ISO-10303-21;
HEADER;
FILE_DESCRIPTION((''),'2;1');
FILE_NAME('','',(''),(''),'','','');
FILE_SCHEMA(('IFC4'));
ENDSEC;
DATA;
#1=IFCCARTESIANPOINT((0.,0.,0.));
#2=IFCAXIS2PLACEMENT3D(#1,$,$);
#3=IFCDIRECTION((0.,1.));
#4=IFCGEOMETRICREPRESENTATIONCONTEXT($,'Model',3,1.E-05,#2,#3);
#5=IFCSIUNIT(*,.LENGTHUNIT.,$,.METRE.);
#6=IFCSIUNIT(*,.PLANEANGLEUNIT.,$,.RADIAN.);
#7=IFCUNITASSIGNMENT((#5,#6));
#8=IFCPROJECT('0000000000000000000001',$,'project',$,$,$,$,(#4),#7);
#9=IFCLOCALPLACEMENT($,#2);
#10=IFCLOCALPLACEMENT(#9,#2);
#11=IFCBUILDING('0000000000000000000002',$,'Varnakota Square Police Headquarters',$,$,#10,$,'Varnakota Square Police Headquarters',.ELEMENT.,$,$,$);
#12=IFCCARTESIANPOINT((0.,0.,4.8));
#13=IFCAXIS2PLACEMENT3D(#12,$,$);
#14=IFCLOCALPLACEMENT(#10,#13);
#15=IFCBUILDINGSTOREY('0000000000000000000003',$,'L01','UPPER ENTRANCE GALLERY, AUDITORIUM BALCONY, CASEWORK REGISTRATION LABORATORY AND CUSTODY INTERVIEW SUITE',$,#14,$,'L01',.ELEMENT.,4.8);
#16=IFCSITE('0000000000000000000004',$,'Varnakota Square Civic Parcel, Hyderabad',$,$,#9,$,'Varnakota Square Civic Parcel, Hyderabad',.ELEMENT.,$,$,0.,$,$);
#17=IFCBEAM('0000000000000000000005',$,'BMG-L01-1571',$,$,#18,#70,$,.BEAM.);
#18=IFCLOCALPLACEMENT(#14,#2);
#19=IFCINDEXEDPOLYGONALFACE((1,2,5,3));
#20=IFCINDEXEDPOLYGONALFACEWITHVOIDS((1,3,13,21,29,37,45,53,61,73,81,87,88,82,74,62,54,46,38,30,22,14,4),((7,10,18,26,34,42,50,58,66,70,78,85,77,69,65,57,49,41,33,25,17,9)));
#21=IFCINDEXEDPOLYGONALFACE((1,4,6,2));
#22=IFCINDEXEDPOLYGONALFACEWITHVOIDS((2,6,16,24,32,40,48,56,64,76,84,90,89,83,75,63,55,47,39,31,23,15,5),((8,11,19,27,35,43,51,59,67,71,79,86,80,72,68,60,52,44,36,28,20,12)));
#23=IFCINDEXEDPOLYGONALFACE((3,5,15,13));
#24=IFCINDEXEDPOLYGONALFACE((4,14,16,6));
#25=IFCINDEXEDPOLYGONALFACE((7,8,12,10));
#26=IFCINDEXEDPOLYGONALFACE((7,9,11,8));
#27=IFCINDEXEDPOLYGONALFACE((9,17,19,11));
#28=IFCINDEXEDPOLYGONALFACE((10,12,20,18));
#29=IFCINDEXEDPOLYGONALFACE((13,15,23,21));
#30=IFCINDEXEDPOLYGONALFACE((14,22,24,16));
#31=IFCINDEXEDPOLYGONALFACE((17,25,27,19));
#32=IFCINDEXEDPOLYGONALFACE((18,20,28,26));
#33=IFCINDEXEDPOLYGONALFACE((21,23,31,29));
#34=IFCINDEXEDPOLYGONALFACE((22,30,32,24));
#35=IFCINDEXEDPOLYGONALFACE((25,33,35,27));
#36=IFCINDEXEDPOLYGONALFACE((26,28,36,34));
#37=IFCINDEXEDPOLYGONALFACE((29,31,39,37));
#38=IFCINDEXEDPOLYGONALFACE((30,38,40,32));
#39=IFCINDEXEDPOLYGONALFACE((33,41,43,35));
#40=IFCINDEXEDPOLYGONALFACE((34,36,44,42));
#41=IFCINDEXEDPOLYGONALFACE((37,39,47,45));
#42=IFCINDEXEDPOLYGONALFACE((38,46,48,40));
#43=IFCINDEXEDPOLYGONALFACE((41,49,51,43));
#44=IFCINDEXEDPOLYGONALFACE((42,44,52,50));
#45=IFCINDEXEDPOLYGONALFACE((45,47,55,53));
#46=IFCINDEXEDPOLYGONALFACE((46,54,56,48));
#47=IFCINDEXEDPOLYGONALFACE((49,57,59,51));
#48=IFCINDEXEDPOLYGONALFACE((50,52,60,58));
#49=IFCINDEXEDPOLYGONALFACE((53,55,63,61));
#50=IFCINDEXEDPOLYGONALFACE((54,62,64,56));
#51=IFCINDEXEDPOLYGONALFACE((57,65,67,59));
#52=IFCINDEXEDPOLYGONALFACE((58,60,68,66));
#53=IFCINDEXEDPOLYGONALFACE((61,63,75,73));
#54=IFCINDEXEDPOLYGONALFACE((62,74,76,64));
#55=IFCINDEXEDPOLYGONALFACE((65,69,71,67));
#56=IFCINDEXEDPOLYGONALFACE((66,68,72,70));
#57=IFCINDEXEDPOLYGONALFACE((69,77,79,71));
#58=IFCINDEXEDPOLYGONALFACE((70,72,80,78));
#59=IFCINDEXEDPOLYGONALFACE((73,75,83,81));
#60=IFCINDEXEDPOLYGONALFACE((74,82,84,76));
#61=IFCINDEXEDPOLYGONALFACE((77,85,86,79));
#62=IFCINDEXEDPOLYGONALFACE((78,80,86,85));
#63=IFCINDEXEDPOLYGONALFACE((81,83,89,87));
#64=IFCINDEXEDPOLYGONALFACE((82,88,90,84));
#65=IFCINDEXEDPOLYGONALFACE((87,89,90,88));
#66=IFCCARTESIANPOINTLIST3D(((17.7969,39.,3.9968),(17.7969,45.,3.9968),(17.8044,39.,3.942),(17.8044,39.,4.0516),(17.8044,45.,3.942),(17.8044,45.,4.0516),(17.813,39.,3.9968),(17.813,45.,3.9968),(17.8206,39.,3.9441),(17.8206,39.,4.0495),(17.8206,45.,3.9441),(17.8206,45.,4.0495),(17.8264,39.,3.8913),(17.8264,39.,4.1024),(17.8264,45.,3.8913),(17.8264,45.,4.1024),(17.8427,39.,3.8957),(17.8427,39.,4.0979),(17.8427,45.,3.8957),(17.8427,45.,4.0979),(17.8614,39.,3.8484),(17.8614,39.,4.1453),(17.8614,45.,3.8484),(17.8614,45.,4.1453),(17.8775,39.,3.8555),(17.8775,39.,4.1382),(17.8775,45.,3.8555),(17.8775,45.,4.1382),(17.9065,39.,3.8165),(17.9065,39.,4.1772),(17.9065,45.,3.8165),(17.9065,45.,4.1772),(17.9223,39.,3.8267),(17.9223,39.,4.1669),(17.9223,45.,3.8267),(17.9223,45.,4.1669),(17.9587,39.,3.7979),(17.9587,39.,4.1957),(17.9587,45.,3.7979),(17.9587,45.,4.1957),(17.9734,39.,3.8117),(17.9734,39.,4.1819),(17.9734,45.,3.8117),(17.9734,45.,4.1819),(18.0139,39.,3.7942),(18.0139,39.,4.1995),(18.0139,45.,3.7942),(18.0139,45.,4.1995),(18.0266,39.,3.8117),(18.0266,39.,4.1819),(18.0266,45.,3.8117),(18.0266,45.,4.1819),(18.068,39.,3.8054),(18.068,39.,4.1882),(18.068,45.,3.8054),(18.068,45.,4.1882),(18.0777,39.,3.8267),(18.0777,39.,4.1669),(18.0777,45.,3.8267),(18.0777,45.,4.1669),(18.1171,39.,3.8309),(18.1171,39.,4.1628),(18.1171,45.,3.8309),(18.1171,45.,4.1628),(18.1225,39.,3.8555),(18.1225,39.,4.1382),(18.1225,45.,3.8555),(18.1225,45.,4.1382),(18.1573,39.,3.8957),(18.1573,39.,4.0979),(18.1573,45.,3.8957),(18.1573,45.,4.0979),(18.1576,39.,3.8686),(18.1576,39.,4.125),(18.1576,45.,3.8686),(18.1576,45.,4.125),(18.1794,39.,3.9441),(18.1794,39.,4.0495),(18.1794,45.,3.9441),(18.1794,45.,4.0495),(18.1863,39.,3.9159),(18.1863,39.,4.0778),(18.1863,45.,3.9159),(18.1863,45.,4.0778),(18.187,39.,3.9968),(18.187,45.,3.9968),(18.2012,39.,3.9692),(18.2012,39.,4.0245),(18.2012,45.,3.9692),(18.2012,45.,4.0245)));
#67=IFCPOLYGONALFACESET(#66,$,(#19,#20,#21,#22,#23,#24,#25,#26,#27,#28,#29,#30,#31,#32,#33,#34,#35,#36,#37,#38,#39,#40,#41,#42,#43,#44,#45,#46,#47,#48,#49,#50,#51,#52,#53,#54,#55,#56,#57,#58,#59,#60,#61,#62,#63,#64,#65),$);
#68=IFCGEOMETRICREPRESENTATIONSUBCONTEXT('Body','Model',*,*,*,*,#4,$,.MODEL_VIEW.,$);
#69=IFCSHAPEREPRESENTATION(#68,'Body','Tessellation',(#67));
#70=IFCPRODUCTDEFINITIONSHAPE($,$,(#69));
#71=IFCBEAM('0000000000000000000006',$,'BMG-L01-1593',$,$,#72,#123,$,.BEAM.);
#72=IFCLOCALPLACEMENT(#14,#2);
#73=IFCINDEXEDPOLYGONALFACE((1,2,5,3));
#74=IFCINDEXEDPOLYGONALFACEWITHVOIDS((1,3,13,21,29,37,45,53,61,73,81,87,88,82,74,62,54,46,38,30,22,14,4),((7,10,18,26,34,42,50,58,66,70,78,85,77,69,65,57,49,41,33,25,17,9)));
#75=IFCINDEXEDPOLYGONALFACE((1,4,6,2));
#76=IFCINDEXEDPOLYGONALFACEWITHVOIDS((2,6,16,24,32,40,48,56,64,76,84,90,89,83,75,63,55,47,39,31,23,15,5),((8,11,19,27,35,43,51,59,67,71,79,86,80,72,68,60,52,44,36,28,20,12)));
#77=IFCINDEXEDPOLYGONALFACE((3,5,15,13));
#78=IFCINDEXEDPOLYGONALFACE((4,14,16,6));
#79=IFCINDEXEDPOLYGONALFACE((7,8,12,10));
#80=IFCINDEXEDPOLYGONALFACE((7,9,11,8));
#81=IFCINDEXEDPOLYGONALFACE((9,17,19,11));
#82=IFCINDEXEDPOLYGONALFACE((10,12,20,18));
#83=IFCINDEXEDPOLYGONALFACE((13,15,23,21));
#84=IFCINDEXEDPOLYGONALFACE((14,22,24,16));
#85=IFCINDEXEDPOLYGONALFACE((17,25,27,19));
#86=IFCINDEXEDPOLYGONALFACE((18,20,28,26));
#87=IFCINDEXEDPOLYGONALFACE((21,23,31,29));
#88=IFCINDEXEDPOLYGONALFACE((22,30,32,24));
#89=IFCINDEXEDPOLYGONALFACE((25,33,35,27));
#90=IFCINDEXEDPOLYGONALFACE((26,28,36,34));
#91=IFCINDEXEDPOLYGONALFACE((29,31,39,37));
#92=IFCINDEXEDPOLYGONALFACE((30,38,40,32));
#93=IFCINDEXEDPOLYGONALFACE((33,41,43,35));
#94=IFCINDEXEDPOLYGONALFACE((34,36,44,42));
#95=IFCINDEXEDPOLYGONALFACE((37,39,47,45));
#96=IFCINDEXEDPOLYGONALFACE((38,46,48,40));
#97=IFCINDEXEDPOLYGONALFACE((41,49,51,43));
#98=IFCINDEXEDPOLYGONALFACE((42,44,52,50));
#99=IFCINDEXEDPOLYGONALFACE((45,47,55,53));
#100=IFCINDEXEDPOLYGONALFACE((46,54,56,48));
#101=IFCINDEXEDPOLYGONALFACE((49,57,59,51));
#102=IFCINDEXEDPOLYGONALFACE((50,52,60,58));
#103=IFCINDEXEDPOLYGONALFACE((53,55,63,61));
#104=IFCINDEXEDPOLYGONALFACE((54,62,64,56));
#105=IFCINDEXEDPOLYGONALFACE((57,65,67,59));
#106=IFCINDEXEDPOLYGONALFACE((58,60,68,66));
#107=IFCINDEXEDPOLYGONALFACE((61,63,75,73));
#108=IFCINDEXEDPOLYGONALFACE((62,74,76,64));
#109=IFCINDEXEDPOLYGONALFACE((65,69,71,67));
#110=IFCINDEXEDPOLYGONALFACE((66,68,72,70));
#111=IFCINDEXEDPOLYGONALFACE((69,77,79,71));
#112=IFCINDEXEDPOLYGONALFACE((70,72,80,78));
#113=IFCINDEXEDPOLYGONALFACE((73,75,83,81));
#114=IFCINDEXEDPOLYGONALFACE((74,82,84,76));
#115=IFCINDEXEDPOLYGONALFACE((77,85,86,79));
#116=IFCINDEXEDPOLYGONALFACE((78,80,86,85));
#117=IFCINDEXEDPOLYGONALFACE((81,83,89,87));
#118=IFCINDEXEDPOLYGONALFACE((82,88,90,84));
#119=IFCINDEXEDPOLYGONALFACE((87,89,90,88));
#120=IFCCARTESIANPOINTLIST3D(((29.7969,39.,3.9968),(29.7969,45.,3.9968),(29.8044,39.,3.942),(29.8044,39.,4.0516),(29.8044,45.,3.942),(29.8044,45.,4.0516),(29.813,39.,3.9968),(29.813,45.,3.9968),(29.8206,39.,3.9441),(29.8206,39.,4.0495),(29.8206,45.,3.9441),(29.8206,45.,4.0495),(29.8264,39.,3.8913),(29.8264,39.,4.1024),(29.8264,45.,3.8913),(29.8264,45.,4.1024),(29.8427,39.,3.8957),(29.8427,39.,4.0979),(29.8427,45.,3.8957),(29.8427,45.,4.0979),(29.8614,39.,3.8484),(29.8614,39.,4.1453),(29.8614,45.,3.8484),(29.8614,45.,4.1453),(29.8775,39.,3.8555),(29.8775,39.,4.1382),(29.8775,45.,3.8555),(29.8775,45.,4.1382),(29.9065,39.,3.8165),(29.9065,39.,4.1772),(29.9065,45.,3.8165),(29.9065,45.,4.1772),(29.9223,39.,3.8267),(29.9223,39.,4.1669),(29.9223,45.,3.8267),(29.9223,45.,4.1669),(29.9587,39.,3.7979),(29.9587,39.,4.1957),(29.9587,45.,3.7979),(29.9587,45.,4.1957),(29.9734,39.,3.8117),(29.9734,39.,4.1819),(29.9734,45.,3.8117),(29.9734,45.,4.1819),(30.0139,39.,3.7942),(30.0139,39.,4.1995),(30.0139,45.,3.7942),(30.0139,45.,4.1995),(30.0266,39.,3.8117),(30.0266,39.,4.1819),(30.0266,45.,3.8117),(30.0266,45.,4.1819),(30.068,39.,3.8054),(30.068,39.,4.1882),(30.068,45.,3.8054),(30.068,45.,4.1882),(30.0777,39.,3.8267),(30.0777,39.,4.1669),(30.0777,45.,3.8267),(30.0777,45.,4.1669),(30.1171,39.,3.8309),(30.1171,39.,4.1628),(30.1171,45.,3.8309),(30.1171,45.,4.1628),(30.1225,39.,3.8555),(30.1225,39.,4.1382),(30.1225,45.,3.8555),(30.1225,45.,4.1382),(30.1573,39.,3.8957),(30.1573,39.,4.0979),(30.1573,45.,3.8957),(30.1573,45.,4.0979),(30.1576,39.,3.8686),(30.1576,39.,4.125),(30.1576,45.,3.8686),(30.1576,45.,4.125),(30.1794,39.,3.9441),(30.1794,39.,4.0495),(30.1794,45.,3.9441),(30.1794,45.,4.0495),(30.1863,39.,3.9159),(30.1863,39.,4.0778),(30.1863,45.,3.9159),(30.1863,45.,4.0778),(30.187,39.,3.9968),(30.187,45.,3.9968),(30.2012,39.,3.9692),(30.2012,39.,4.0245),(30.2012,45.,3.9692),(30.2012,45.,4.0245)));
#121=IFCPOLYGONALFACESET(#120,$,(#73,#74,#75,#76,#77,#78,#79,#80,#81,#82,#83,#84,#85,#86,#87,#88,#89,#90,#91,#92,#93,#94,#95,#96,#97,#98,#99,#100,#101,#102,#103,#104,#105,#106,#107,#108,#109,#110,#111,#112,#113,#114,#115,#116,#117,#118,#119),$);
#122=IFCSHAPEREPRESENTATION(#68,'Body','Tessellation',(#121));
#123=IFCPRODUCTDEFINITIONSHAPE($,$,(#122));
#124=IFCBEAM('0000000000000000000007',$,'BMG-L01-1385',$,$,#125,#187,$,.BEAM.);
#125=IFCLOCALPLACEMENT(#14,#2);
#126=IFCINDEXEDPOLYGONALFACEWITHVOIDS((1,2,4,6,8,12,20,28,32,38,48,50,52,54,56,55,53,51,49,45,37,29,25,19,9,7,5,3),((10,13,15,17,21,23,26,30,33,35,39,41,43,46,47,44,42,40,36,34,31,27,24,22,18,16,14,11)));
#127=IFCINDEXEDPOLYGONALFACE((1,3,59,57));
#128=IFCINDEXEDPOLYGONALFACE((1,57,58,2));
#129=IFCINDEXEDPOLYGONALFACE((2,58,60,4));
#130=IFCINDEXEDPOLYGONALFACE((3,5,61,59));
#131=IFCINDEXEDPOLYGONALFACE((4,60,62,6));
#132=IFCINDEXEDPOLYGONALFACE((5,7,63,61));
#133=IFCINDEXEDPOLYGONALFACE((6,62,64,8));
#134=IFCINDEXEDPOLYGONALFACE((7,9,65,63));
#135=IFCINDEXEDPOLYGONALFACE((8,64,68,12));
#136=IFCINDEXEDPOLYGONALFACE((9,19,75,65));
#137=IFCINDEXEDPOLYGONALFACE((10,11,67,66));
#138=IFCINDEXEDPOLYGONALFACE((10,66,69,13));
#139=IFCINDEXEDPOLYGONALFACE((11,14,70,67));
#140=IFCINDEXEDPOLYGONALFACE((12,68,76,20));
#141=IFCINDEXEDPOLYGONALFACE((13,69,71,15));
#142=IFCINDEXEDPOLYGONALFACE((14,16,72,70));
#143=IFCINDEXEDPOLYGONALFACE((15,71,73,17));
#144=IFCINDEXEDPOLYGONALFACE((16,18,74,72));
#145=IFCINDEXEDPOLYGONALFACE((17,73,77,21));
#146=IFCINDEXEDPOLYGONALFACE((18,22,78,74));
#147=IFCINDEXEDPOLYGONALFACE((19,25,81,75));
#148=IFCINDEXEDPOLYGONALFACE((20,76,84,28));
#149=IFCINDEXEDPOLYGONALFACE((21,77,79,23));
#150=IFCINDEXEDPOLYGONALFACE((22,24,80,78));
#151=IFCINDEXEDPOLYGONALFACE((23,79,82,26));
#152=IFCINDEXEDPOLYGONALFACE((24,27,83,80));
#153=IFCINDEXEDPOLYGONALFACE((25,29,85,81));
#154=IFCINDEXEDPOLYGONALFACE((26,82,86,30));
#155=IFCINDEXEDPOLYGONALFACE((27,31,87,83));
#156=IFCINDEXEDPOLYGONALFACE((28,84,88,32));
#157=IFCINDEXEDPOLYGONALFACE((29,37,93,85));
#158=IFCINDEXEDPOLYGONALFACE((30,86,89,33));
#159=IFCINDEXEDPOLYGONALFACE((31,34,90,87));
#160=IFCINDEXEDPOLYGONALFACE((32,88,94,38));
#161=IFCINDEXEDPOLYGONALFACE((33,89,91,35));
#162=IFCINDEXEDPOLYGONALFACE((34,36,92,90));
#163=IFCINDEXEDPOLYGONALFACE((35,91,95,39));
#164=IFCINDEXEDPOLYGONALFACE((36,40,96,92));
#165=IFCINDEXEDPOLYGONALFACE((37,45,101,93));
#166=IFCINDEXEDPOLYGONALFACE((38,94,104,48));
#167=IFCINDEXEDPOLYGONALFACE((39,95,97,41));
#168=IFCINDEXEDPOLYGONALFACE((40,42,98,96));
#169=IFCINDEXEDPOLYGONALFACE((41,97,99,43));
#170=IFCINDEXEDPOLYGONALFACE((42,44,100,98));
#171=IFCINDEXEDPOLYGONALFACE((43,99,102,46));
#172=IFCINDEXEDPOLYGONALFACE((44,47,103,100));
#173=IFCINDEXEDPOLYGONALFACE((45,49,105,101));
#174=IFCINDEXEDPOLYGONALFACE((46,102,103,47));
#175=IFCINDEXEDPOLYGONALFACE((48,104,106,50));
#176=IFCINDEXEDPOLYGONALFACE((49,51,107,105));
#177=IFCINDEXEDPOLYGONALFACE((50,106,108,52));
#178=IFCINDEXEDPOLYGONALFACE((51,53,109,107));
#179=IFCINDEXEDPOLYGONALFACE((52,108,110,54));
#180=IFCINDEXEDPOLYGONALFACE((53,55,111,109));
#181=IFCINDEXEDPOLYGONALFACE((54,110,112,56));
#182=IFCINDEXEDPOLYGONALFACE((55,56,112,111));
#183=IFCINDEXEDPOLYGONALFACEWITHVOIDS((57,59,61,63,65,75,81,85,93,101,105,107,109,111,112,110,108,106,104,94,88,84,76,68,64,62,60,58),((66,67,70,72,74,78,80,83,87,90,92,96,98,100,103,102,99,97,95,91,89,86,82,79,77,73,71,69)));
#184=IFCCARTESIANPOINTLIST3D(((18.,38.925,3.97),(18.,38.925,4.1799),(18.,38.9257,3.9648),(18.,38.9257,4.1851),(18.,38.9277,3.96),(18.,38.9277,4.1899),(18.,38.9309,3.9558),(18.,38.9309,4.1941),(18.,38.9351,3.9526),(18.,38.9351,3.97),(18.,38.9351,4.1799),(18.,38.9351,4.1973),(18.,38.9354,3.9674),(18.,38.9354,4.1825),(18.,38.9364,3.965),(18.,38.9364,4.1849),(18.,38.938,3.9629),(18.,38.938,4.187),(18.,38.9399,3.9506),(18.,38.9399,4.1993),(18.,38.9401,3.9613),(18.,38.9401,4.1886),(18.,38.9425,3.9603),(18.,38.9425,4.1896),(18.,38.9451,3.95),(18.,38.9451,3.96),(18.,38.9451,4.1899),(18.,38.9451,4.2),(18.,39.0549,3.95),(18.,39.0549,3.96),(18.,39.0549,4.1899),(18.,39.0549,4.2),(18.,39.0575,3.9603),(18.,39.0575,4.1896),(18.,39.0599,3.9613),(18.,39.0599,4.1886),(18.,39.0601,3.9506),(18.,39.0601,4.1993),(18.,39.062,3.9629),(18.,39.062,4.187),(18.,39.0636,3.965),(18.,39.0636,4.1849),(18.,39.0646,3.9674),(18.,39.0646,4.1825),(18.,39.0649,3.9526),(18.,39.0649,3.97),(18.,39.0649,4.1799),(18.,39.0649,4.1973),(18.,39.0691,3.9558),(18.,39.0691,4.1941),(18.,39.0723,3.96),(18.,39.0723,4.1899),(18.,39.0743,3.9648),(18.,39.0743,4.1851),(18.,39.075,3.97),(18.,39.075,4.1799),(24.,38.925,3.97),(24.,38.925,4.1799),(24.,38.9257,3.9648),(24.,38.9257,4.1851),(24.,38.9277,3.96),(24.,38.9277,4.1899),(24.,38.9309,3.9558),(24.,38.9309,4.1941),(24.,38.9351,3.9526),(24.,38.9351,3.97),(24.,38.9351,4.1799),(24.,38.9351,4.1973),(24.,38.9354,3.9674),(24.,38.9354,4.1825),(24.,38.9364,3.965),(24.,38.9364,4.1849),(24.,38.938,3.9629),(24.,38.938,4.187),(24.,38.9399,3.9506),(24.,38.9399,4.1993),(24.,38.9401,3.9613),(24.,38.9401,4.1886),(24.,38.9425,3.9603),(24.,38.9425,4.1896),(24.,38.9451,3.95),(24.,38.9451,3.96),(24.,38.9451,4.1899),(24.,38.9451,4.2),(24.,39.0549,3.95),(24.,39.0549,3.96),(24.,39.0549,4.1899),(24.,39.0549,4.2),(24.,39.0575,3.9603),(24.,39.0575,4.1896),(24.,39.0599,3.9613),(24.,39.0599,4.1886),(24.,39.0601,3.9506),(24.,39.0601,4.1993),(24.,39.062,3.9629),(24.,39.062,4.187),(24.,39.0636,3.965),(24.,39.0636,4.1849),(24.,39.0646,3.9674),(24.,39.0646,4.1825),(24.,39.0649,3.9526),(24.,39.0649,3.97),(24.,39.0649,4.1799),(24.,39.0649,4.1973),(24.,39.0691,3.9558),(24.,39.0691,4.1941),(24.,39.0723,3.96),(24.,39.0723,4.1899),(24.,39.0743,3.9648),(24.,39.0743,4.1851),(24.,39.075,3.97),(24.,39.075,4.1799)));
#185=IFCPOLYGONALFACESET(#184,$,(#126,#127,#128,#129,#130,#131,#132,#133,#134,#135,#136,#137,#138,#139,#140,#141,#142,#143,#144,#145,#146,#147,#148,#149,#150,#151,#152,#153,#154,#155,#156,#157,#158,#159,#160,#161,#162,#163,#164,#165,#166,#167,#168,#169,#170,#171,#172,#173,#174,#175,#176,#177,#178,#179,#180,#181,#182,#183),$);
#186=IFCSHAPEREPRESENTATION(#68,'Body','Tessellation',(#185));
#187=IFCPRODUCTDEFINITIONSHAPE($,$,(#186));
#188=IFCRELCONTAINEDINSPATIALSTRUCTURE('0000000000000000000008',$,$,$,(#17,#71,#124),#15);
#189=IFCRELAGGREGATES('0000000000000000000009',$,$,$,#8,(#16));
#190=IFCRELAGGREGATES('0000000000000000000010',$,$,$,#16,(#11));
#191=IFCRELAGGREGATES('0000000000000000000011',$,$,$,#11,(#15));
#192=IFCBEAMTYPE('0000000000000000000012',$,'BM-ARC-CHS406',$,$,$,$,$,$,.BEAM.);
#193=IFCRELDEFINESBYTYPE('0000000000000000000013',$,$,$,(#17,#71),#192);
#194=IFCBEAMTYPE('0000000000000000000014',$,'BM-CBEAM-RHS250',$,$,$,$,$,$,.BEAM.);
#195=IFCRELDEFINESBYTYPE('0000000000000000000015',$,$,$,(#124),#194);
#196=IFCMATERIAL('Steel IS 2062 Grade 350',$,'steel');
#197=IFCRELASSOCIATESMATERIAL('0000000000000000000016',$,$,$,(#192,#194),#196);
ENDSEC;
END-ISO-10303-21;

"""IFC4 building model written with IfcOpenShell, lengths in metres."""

from ifc_helpers import new_model, si_unit, direction, frame, origin, origin_2d, place, context, subcontext, project, spatial, hollow_rectangle, hollow_circle, extrude, material, material_profile, profile_set, type_object, element, save


model = new_model("IFC4")

# Units and contexts
model_context = context("Model", 3, precision=1e-05, world=origin(), true_north=direction((0.0, 1.0)))
body_context = subcontext(model_context, "Body", "Model", "MODEL_VIEW")
ifc_project = project(units=[si_unit("LENGTHUNIT", "METRE"), si_unit("PLANEANGLEUNIT", "RADIAN")], contexts=[model_context])

# Site, building, storey
site_placement = place(None, origin())
site = spatial("IfcSite", under=ifc_project, at=site_placement, Name="Varnakota Square Civic Parcel, Hyderabad", LongName="Varnakota Square Civic Parcel, Hyderabad", CompositionType="ELEMENT", RefElevation=0.0)
building_placement = place(site_placement, origin())
building = spatial("IfcBuilding", under=site, at=building_placement, Name="Varnakota Square Police Headquarters", LongName="Varnakota Square Police Headquarters", CompositionType="ELEMENT")
storey_placement = place(building_placement, frame((0.0, 0.0, 4.8)))
storey = spatial("IfcBuildingStorey", under=building, at=storey_placement, Name="L01", Description="UPPER ENTRANCE GALLERY, AUDITORIUM BALCONY, CASEWORK REGISTRATION LABORATORY AND CUSTODY INTERVIEW SUITE", LongName="L01", CompositionType="ELEMENT", Elevation=4.8)

# Shared definitions
ifc_material_1 = material(Name="Steel IS 2062 Grade 350", Category="steel")

# Beams
ifc_material_profile_1 = material_profile(ifc_material_1, hollow_circle(Radius=0.2031, WallThickness=0.0161, at=origin_2d()), Name="CHS 406.4x16.0")
ifc_profile_set_1 = profile_set([ifc_material_profile_1], Name="Steel IS 2062 Grade 350")
beam_type_1 = type_object("IfcBeamType", Name="BM-ARC-CHS406", PredefinedType="BEAM", material=ifc_profile_set_1)
for number, where, z_axis, x_axis, name in (
    (1, (18.0, 39.0, 3.9968), (0.0, 1.0, 0.0), (-1.0, 0.0, 0.0), "BMG-L01-1571"),
    (2, (30.0, 39.0, 3.9968), (0.0, 1.0, 0.0), (-1.0, 0.0, 0.0), "BMG-L01-1593"),
):
    element("IfcBeam", number, at=place(storey_placement, frame(where, z_axis=z_axis, x_axis=x_axis)), inside=storey, type_object=beam_type_1, Name=name, PredefinedType="BEAM", context=body_context, shape_type="SweptSolid", body=[
        extrude(hollow_circle(Radius=0.2031, WallThickness=0.0161, at=origin_2d()), origin(), (0.0, 0.0, 1.0), 6.0),
    ])
ifc_material_profile_2 = material_profile(ifc_material_1, hollow_rectangle(XDim=0.1499, YDim=0.25, WallThickness=0.01, InnerFilletRadius=0.01, OuterFilletRadius=0.02, at=origin_2d()), Name="RHS 250x150x10")
ifc_profile_set_2 = profile_set([ifc_material_profile_2], Name="Steel IS 2062 Grade 350")
beam_type_2 = type_object("IfcBeamType", Name="BM-CBEAM-RHS250", PredefinedType="BEAM", material=ifc_profile_set_2)
beam_1_placement = place(storey_placement, frame((18.0, 39.0, 4.075), z_axis=(1.0, 0.0, 0.0), x_axis=(0.0, 1.0, 0.0)))
element("IfcBeam", 3, at=beam_1_placement, inside=storey, type_object=beam_type_2, Name="BMG-L01-1385", PredefinedType="BEAM", context=body_context, shape_type="SweptSolid", body=[
    extrude(hollow_rectangle(XDim=0.1499, YDim=0.25, WallThickness=0.01, InnerFilletRadius=0.01, OuterFilletRadius=0.02, at=origin_2d()), origin(), (0.0, 0.0, 1.0), 6.0),
])

save(model, "model.ifc")
